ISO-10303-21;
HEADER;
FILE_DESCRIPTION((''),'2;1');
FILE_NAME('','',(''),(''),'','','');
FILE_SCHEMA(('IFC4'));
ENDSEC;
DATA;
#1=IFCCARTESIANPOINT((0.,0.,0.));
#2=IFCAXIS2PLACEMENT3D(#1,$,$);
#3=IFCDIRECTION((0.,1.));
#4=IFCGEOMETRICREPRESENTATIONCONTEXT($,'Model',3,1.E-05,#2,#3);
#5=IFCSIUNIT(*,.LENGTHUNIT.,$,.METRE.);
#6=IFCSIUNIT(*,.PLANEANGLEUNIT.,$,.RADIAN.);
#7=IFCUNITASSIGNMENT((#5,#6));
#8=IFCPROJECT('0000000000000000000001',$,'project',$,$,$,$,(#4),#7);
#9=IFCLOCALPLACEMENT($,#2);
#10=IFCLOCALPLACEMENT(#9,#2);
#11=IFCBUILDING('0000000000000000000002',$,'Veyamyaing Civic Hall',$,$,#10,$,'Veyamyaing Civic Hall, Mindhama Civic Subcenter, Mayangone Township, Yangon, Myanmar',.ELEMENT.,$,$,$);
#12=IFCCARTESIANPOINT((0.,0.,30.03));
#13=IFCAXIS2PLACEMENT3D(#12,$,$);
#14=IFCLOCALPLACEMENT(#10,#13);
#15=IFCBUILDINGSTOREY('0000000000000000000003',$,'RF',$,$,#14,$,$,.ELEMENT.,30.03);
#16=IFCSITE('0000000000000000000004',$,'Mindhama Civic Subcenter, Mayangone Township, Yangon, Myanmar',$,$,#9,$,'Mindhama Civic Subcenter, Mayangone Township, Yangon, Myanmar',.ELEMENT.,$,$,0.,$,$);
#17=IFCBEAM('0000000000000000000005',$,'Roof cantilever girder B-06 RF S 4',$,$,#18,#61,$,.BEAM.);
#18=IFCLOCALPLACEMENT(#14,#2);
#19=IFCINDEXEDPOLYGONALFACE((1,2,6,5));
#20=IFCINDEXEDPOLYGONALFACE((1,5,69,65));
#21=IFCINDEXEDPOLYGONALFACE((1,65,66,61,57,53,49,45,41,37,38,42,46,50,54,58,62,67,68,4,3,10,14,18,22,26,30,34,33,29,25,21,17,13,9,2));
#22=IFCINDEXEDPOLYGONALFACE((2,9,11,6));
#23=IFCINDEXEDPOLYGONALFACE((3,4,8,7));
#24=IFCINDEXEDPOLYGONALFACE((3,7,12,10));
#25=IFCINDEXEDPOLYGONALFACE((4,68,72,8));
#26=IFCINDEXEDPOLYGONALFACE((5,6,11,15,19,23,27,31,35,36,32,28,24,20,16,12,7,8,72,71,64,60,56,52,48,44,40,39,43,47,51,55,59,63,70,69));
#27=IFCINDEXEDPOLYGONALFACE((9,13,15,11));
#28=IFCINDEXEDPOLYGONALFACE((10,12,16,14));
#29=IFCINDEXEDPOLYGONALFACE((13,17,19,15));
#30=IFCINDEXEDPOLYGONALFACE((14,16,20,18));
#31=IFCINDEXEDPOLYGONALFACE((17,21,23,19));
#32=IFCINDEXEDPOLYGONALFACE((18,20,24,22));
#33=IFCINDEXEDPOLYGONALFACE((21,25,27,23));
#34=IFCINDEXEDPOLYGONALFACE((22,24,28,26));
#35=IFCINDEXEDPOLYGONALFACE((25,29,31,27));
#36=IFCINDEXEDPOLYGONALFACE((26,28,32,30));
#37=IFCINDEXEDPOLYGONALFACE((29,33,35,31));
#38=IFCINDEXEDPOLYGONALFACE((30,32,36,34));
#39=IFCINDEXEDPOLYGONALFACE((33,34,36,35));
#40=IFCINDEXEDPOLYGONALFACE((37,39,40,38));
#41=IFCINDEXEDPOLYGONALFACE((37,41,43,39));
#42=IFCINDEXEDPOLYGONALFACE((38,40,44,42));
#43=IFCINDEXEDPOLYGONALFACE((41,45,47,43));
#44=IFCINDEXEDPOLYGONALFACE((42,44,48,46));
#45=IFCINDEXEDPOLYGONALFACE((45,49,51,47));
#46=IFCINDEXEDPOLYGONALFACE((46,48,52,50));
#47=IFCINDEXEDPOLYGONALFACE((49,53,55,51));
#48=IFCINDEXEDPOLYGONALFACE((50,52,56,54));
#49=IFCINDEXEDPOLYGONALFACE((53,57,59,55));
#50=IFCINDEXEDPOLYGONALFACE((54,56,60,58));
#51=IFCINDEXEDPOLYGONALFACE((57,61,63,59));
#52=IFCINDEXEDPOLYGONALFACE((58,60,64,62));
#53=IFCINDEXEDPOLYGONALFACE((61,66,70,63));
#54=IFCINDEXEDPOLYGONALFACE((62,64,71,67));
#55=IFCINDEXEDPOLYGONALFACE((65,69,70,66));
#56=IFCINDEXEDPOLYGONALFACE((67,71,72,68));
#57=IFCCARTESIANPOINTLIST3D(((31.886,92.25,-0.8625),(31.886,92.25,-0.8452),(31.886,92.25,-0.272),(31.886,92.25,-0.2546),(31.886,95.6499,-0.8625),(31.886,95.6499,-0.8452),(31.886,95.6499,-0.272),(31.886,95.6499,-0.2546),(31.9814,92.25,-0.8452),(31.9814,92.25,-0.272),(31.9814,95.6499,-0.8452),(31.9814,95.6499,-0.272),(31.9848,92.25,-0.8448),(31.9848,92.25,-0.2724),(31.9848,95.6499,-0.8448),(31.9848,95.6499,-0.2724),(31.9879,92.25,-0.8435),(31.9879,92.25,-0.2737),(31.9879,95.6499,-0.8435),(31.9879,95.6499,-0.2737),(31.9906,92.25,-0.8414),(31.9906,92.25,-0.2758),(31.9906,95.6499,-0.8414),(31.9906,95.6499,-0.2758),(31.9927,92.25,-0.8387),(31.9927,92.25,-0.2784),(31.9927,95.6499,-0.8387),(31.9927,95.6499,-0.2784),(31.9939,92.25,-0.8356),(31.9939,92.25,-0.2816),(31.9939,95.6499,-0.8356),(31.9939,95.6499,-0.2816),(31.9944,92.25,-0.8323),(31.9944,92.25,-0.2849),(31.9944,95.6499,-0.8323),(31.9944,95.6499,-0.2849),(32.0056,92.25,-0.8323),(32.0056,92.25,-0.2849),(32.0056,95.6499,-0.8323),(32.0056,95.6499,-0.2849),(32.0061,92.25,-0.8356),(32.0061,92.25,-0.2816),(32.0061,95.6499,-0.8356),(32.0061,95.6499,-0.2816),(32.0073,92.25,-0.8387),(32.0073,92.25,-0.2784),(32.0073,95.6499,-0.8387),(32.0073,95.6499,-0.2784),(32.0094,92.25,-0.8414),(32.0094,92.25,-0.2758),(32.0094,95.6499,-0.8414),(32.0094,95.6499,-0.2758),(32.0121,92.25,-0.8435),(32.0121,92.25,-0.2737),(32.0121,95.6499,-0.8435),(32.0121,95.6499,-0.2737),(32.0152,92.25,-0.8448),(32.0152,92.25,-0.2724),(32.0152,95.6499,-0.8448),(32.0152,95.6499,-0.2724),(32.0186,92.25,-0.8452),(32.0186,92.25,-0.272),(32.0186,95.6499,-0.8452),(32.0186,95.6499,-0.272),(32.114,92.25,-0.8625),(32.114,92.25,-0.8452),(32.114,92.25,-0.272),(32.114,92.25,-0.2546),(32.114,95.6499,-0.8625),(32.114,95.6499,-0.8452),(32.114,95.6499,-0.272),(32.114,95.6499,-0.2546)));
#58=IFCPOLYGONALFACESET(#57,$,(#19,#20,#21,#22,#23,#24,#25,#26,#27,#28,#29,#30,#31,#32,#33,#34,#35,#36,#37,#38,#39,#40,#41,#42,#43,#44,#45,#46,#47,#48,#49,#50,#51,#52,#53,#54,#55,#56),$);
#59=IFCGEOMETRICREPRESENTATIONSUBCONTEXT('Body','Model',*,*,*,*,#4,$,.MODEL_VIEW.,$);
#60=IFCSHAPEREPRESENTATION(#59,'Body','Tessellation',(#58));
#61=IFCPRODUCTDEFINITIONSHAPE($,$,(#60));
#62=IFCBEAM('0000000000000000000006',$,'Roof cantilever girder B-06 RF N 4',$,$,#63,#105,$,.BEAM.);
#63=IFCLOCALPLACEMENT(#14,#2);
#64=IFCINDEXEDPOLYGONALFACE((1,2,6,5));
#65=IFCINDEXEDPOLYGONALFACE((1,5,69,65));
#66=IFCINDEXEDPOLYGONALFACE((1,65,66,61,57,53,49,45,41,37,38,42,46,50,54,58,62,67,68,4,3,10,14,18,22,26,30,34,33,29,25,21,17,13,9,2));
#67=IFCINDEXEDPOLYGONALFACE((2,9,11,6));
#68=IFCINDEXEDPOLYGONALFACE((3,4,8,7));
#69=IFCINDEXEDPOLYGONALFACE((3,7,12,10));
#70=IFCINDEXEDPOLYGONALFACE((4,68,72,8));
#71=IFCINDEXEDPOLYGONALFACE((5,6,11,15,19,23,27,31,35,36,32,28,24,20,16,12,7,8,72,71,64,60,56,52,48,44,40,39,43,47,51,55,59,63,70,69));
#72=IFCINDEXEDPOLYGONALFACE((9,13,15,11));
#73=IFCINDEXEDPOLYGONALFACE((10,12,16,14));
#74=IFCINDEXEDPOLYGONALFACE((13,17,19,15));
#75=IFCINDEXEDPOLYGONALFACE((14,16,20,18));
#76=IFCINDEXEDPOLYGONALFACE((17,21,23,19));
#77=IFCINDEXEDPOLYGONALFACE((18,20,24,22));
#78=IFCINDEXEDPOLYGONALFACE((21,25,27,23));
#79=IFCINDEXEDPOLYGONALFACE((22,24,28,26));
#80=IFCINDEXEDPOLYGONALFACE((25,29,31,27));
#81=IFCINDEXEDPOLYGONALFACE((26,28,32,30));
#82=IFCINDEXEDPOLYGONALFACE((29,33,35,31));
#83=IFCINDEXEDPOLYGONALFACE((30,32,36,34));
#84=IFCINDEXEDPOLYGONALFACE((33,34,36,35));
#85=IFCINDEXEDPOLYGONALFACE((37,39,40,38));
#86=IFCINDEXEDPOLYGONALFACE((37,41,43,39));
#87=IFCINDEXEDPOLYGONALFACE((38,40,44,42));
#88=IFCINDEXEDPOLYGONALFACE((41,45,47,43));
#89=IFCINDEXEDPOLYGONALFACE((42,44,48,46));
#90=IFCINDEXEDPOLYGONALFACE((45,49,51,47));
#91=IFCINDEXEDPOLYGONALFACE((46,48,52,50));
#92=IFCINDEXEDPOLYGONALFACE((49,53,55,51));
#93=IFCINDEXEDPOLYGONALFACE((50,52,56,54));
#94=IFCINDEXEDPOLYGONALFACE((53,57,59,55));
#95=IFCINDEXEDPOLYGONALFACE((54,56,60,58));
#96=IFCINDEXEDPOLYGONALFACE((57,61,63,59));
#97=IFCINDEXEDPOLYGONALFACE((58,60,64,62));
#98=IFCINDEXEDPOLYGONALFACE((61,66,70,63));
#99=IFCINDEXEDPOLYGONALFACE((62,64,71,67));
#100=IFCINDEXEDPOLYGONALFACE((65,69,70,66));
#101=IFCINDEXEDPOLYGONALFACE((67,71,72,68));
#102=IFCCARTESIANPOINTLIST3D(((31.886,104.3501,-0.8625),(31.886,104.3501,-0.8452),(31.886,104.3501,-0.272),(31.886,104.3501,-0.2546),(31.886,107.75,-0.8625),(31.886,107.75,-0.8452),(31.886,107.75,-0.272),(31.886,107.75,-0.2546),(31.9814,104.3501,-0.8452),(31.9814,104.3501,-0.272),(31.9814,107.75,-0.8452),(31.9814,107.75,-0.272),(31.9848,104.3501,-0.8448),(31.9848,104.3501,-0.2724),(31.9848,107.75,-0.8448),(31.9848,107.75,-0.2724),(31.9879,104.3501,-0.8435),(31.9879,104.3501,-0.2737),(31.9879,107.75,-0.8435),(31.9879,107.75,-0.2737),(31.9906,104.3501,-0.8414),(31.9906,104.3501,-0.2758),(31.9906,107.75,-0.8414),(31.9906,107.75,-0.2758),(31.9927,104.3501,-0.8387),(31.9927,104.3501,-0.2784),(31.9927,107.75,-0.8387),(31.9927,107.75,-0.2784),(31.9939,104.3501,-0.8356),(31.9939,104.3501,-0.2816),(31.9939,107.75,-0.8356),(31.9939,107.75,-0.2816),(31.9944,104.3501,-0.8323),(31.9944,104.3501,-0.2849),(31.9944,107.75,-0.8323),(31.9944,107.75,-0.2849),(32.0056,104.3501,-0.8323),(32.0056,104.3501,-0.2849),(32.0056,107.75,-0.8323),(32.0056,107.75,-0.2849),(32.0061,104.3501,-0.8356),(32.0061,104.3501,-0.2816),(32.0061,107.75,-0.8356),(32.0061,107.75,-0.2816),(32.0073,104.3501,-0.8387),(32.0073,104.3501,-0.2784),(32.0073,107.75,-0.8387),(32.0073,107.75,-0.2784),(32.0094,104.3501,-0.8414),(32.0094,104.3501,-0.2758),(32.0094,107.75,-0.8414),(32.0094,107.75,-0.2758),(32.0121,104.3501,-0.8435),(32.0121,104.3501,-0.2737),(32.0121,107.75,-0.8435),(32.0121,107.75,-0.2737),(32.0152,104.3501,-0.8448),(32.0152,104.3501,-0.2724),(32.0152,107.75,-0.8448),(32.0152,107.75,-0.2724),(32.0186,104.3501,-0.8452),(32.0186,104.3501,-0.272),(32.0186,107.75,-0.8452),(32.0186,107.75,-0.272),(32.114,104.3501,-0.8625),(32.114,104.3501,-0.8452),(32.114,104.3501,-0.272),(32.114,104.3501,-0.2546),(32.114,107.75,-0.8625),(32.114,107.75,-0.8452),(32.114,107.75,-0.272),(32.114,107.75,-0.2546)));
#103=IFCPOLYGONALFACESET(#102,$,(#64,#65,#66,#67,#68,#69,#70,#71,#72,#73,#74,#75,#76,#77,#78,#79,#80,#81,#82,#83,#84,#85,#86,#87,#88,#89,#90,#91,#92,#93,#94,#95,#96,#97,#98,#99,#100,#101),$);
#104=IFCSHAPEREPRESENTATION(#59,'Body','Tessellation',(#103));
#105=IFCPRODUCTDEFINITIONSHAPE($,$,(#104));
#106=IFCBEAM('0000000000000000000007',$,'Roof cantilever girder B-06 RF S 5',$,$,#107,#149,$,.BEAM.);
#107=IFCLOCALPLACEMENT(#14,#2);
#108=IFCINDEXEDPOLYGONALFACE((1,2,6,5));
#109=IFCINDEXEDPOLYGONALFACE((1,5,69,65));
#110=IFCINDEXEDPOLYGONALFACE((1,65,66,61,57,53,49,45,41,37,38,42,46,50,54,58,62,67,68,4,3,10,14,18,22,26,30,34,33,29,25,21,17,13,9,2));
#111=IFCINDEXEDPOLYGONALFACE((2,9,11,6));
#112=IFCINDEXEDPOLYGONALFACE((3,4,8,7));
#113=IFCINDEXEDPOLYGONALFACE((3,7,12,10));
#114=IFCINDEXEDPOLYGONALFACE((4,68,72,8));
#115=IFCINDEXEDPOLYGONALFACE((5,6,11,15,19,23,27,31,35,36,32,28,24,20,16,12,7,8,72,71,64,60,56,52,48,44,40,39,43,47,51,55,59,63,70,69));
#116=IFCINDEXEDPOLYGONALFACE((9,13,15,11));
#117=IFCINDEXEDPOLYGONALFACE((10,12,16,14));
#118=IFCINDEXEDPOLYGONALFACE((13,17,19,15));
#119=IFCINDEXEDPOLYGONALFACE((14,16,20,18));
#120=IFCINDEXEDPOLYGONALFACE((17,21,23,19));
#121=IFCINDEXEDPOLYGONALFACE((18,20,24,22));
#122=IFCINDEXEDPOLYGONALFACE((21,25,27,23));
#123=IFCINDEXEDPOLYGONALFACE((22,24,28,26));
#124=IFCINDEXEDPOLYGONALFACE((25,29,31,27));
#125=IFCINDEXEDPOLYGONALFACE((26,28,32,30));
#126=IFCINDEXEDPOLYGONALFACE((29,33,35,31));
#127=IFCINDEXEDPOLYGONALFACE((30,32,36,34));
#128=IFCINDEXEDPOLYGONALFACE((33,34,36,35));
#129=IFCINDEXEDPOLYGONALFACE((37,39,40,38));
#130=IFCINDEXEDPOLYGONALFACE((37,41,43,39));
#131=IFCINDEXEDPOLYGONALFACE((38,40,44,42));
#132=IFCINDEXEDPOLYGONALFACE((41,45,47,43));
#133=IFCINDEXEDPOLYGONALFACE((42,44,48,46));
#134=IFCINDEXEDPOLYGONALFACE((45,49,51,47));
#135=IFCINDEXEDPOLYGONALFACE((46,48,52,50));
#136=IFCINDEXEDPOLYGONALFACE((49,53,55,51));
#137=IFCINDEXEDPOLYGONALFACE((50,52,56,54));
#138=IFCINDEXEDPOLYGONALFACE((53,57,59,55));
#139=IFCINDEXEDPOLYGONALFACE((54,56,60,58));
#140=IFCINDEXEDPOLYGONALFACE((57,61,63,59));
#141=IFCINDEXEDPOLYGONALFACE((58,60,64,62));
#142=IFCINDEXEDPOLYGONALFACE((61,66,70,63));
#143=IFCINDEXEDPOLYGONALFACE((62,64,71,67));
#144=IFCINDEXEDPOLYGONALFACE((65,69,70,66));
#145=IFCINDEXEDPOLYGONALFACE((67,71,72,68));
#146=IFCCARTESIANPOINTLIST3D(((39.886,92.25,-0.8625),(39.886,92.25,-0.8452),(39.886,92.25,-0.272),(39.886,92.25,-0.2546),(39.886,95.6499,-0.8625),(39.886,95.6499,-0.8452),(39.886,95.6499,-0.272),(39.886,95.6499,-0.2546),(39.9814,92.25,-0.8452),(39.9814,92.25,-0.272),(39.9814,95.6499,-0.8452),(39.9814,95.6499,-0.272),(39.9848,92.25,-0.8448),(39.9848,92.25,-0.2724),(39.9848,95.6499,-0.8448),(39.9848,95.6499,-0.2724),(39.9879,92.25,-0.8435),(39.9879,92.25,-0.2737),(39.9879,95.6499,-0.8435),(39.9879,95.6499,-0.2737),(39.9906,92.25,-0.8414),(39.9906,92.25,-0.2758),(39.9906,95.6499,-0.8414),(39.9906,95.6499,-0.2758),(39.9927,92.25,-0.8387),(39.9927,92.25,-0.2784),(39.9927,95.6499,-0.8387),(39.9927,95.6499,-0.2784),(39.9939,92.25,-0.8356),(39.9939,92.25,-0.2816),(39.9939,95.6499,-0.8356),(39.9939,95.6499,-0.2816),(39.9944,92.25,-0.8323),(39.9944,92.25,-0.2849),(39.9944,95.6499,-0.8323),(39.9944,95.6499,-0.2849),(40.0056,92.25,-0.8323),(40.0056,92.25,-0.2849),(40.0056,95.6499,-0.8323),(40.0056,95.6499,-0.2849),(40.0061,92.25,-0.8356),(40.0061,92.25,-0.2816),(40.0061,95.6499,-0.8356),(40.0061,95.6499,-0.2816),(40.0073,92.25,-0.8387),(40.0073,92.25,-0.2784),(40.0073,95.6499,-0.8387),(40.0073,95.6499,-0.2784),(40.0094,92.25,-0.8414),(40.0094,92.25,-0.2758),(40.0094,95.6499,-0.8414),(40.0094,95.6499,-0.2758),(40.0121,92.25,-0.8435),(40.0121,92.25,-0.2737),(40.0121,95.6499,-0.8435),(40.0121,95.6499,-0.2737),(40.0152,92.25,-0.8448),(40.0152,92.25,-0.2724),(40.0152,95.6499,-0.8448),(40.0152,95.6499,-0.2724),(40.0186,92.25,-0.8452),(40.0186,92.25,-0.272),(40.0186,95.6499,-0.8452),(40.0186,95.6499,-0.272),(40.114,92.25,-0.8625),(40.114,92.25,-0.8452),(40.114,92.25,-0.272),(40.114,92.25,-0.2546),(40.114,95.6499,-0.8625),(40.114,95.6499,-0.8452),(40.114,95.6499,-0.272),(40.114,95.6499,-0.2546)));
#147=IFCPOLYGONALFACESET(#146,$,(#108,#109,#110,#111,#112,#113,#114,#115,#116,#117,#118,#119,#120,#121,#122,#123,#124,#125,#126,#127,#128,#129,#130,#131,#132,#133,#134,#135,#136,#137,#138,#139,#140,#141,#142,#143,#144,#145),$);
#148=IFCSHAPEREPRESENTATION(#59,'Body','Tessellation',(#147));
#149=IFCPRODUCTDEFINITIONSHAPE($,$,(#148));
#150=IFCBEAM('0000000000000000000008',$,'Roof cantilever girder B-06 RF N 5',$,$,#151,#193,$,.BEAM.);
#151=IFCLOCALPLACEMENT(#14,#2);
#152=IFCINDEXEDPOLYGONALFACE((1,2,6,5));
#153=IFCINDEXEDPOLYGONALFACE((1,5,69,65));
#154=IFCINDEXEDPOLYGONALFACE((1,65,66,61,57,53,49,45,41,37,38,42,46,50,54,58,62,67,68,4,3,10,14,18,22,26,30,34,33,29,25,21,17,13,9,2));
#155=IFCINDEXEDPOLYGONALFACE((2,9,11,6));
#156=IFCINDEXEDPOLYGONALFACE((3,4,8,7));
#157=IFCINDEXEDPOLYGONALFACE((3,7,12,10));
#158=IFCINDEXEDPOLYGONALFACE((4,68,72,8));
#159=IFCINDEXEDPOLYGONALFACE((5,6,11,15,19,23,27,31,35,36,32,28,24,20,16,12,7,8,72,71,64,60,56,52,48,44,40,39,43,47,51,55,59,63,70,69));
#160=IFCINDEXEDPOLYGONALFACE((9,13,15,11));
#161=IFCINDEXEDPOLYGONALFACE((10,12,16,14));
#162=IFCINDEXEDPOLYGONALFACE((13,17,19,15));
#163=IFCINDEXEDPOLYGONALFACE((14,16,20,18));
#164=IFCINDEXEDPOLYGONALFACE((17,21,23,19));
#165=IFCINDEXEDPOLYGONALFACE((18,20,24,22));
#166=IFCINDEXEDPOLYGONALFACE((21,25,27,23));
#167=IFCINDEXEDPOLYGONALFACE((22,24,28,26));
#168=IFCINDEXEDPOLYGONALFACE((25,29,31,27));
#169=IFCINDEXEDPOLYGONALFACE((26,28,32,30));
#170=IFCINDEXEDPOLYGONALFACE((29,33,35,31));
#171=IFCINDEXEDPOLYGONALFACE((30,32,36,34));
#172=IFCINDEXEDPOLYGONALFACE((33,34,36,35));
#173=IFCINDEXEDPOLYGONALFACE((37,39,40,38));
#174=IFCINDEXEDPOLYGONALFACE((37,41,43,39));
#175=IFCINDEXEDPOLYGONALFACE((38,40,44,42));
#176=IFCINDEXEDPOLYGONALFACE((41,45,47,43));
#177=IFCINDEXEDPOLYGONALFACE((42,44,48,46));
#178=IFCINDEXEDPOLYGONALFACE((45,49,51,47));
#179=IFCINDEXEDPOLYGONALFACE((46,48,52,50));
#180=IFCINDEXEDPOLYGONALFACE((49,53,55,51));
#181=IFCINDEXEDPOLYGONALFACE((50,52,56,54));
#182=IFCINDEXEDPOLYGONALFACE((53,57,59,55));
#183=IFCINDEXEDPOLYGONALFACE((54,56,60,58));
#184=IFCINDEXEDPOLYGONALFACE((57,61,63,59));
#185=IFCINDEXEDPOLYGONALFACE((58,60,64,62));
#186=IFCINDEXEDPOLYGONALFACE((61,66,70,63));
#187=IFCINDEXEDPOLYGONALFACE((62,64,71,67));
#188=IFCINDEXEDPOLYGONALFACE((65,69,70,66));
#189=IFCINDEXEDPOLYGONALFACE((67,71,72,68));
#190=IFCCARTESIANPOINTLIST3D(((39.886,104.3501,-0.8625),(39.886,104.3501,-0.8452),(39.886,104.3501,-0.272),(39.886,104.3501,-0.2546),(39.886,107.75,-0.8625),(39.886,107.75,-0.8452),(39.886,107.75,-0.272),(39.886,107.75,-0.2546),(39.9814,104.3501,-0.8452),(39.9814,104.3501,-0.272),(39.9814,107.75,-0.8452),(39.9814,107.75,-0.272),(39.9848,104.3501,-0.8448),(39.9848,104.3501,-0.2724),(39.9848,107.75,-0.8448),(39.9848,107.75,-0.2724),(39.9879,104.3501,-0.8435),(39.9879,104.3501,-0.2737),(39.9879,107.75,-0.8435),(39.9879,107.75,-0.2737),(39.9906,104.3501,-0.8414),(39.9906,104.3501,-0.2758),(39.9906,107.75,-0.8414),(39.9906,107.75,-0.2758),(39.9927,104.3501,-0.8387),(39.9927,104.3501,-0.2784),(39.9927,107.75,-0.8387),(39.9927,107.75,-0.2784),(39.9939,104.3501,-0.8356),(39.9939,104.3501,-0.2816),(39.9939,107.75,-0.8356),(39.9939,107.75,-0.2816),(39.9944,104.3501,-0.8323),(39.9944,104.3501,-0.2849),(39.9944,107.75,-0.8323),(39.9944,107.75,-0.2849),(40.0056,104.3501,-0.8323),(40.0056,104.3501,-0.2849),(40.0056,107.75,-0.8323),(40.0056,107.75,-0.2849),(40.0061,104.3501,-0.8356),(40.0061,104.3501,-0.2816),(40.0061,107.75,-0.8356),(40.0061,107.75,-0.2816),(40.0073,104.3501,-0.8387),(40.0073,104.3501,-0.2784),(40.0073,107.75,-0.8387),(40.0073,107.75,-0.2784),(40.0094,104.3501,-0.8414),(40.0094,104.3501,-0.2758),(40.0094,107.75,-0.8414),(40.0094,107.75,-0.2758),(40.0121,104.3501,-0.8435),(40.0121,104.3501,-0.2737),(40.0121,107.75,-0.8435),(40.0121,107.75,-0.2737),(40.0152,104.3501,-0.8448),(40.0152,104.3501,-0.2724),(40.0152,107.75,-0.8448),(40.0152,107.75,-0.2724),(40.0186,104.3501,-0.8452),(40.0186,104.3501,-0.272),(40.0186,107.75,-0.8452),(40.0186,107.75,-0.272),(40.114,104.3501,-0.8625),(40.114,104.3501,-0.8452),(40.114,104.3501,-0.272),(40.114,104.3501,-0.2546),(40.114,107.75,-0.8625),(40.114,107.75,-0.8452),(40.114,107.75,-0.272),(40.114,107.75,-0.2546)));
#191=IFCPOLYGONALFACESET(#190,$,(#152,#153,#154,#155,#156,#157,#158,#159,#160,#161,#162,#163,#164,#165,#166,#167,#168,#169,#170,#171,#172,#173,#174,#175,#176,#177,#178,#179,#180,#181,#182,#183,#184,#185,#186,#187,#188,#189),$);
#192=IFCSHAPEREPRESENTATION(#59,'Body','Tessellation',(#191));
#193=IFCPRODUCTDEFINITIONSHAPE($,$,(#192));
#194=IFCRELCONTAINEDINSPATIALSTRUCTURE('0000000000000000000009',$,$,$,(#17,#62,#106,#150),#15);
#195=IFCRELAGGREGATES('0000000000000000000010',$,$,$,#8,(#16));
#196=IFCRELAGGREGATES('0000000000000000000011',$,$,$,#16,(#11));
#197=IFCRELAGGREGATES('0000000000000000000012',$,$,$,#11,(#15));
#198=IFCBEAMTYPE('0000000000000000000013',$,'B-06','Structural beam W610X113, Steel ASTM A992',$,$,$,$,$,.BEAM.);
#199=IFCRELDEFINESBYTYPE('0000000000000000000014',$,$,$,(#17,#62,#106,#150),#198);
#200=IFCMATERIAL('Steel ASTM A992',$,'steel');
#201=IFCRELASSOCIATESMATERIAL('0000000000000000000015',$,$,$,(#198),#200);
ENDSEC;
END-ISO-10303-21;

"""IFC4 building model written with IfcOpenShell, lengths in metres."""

from ifc_helpers import new_model, si_unit, direction, frame, origin, origin_2d, place, context, subcontext, project, spatial, i_section, extrude, material, material_profile, profile_set, type_object, element, save


model = new_model("IFC4")

# Units and contexts
model_context = context("Model", 3, precision=1e-05, world=origin(), true_north=direction((0.0, 1.0)))
body_context = subcontext(model_context, "Body", "Model", "MODEL_VIEW")
ifc_project = project(units=[si_unit("LENGTHUNIT", "METRE"), si_unit("PLANEANGLEUNIT", "RADIAN")], contexts=[model_context])

# Site, building, storey
site_placement = place(None, origin())
site = spatial("IfcSite", under=ifc_project, at=site_placement, Name="Mindhama Civic Subcenter, Mayangone Township, Yangon, Myanmar", LongName="Mindhama Civic Subcenter, Mayangone Township, Yangon, Myanmar", CompositionType="ELEMENT", RefElevation=0.0)
building_placement = place(site_placement, origin())
building = spatial("IfcBuilding", under=site, at=building_placement, Name="Veyamyaing Civic Hall", LongName="Veyamyaing Civic Hall, Mindhama Civic Subcenter, Mayangone Township, Yangon, Myanmar", CompositionType="ELEMENT")
storey_placement = place(building_placement, frame((0.0, 0.0, 30.03)))
storey = spatial("IfcBuildingStorey", under=building, at=storey_placement, Name="RF", CompositionType="ELEMENT", Elevation=30.03)

# Beams
ifc_material_1 = material(Name="Steel ASTM A992", Category="steel")
ifc_material_profile_1 = material_profile(ifc_material_1, i_section(OverallWidth=0.228, OverallDepth=0.6079, WebThickness=0.0112, FlangeThickness=0.0173, FilletRadius=0.0129, at=origin_2d()), Name="W610X113")
ifc_profile_set_1 = profile_set([ifc_material_profile_1], Name="Steel ASTM A992")
beam_type_1 = type_object("IfcBeamType", Name="B-06", Description="Structural beam W610X113, Steel ASTM A992", PredefinedType="BEAM", material=ifc_profile_set_1)
for number, where, z_axis, x_axis, name in (
    (1, (32.0, 92.25, -0.5586), (0.0, 1.0, 0.0), (-1.0, 0.0, 0.0), "Roof cantilever girder B-06 RF S 4"),
    (2, (32.0, 104.3501, -0.5586), (0.0, 1.0, 0.0), (-1.0, 0.0, 0.0), "Roof cantilever girder B-06 RF N 4"),
    (3, (40.0, 92.25, -0.5586), (0.0, 1.0, 0.0), (-1.0, 0.0, 0.0), "Roof cantilever girder B-06 RF S 5"),
    (4, (40.0, 104.3501, -0.5586), (0.0, 1.0, 0.0), (-1.0, 0.0, 0.0), "Roof cantilever girder B-06 RF N 5"),
):
    element("IfcBeam", number, at=place(storey_placement, frame(where, z_axis=z_axis, x_axis=x_axis)), inside=storey, type_object=beam_type_1, Name=name, PredefinedType="BEAM", context=body_context, shape_type="SweptSolid", body=[
        extrude(i_section(OverallWidth=0.228, OverallDepth=0.6079, WebThickness=0.0112, FlangeThickness=0.0173, FilletRadius=0.0129, at=origin_2d()), origin(), (0.0, 0.0, 1.0), 3.3999),
    ])

save(model, "model.ifc")
